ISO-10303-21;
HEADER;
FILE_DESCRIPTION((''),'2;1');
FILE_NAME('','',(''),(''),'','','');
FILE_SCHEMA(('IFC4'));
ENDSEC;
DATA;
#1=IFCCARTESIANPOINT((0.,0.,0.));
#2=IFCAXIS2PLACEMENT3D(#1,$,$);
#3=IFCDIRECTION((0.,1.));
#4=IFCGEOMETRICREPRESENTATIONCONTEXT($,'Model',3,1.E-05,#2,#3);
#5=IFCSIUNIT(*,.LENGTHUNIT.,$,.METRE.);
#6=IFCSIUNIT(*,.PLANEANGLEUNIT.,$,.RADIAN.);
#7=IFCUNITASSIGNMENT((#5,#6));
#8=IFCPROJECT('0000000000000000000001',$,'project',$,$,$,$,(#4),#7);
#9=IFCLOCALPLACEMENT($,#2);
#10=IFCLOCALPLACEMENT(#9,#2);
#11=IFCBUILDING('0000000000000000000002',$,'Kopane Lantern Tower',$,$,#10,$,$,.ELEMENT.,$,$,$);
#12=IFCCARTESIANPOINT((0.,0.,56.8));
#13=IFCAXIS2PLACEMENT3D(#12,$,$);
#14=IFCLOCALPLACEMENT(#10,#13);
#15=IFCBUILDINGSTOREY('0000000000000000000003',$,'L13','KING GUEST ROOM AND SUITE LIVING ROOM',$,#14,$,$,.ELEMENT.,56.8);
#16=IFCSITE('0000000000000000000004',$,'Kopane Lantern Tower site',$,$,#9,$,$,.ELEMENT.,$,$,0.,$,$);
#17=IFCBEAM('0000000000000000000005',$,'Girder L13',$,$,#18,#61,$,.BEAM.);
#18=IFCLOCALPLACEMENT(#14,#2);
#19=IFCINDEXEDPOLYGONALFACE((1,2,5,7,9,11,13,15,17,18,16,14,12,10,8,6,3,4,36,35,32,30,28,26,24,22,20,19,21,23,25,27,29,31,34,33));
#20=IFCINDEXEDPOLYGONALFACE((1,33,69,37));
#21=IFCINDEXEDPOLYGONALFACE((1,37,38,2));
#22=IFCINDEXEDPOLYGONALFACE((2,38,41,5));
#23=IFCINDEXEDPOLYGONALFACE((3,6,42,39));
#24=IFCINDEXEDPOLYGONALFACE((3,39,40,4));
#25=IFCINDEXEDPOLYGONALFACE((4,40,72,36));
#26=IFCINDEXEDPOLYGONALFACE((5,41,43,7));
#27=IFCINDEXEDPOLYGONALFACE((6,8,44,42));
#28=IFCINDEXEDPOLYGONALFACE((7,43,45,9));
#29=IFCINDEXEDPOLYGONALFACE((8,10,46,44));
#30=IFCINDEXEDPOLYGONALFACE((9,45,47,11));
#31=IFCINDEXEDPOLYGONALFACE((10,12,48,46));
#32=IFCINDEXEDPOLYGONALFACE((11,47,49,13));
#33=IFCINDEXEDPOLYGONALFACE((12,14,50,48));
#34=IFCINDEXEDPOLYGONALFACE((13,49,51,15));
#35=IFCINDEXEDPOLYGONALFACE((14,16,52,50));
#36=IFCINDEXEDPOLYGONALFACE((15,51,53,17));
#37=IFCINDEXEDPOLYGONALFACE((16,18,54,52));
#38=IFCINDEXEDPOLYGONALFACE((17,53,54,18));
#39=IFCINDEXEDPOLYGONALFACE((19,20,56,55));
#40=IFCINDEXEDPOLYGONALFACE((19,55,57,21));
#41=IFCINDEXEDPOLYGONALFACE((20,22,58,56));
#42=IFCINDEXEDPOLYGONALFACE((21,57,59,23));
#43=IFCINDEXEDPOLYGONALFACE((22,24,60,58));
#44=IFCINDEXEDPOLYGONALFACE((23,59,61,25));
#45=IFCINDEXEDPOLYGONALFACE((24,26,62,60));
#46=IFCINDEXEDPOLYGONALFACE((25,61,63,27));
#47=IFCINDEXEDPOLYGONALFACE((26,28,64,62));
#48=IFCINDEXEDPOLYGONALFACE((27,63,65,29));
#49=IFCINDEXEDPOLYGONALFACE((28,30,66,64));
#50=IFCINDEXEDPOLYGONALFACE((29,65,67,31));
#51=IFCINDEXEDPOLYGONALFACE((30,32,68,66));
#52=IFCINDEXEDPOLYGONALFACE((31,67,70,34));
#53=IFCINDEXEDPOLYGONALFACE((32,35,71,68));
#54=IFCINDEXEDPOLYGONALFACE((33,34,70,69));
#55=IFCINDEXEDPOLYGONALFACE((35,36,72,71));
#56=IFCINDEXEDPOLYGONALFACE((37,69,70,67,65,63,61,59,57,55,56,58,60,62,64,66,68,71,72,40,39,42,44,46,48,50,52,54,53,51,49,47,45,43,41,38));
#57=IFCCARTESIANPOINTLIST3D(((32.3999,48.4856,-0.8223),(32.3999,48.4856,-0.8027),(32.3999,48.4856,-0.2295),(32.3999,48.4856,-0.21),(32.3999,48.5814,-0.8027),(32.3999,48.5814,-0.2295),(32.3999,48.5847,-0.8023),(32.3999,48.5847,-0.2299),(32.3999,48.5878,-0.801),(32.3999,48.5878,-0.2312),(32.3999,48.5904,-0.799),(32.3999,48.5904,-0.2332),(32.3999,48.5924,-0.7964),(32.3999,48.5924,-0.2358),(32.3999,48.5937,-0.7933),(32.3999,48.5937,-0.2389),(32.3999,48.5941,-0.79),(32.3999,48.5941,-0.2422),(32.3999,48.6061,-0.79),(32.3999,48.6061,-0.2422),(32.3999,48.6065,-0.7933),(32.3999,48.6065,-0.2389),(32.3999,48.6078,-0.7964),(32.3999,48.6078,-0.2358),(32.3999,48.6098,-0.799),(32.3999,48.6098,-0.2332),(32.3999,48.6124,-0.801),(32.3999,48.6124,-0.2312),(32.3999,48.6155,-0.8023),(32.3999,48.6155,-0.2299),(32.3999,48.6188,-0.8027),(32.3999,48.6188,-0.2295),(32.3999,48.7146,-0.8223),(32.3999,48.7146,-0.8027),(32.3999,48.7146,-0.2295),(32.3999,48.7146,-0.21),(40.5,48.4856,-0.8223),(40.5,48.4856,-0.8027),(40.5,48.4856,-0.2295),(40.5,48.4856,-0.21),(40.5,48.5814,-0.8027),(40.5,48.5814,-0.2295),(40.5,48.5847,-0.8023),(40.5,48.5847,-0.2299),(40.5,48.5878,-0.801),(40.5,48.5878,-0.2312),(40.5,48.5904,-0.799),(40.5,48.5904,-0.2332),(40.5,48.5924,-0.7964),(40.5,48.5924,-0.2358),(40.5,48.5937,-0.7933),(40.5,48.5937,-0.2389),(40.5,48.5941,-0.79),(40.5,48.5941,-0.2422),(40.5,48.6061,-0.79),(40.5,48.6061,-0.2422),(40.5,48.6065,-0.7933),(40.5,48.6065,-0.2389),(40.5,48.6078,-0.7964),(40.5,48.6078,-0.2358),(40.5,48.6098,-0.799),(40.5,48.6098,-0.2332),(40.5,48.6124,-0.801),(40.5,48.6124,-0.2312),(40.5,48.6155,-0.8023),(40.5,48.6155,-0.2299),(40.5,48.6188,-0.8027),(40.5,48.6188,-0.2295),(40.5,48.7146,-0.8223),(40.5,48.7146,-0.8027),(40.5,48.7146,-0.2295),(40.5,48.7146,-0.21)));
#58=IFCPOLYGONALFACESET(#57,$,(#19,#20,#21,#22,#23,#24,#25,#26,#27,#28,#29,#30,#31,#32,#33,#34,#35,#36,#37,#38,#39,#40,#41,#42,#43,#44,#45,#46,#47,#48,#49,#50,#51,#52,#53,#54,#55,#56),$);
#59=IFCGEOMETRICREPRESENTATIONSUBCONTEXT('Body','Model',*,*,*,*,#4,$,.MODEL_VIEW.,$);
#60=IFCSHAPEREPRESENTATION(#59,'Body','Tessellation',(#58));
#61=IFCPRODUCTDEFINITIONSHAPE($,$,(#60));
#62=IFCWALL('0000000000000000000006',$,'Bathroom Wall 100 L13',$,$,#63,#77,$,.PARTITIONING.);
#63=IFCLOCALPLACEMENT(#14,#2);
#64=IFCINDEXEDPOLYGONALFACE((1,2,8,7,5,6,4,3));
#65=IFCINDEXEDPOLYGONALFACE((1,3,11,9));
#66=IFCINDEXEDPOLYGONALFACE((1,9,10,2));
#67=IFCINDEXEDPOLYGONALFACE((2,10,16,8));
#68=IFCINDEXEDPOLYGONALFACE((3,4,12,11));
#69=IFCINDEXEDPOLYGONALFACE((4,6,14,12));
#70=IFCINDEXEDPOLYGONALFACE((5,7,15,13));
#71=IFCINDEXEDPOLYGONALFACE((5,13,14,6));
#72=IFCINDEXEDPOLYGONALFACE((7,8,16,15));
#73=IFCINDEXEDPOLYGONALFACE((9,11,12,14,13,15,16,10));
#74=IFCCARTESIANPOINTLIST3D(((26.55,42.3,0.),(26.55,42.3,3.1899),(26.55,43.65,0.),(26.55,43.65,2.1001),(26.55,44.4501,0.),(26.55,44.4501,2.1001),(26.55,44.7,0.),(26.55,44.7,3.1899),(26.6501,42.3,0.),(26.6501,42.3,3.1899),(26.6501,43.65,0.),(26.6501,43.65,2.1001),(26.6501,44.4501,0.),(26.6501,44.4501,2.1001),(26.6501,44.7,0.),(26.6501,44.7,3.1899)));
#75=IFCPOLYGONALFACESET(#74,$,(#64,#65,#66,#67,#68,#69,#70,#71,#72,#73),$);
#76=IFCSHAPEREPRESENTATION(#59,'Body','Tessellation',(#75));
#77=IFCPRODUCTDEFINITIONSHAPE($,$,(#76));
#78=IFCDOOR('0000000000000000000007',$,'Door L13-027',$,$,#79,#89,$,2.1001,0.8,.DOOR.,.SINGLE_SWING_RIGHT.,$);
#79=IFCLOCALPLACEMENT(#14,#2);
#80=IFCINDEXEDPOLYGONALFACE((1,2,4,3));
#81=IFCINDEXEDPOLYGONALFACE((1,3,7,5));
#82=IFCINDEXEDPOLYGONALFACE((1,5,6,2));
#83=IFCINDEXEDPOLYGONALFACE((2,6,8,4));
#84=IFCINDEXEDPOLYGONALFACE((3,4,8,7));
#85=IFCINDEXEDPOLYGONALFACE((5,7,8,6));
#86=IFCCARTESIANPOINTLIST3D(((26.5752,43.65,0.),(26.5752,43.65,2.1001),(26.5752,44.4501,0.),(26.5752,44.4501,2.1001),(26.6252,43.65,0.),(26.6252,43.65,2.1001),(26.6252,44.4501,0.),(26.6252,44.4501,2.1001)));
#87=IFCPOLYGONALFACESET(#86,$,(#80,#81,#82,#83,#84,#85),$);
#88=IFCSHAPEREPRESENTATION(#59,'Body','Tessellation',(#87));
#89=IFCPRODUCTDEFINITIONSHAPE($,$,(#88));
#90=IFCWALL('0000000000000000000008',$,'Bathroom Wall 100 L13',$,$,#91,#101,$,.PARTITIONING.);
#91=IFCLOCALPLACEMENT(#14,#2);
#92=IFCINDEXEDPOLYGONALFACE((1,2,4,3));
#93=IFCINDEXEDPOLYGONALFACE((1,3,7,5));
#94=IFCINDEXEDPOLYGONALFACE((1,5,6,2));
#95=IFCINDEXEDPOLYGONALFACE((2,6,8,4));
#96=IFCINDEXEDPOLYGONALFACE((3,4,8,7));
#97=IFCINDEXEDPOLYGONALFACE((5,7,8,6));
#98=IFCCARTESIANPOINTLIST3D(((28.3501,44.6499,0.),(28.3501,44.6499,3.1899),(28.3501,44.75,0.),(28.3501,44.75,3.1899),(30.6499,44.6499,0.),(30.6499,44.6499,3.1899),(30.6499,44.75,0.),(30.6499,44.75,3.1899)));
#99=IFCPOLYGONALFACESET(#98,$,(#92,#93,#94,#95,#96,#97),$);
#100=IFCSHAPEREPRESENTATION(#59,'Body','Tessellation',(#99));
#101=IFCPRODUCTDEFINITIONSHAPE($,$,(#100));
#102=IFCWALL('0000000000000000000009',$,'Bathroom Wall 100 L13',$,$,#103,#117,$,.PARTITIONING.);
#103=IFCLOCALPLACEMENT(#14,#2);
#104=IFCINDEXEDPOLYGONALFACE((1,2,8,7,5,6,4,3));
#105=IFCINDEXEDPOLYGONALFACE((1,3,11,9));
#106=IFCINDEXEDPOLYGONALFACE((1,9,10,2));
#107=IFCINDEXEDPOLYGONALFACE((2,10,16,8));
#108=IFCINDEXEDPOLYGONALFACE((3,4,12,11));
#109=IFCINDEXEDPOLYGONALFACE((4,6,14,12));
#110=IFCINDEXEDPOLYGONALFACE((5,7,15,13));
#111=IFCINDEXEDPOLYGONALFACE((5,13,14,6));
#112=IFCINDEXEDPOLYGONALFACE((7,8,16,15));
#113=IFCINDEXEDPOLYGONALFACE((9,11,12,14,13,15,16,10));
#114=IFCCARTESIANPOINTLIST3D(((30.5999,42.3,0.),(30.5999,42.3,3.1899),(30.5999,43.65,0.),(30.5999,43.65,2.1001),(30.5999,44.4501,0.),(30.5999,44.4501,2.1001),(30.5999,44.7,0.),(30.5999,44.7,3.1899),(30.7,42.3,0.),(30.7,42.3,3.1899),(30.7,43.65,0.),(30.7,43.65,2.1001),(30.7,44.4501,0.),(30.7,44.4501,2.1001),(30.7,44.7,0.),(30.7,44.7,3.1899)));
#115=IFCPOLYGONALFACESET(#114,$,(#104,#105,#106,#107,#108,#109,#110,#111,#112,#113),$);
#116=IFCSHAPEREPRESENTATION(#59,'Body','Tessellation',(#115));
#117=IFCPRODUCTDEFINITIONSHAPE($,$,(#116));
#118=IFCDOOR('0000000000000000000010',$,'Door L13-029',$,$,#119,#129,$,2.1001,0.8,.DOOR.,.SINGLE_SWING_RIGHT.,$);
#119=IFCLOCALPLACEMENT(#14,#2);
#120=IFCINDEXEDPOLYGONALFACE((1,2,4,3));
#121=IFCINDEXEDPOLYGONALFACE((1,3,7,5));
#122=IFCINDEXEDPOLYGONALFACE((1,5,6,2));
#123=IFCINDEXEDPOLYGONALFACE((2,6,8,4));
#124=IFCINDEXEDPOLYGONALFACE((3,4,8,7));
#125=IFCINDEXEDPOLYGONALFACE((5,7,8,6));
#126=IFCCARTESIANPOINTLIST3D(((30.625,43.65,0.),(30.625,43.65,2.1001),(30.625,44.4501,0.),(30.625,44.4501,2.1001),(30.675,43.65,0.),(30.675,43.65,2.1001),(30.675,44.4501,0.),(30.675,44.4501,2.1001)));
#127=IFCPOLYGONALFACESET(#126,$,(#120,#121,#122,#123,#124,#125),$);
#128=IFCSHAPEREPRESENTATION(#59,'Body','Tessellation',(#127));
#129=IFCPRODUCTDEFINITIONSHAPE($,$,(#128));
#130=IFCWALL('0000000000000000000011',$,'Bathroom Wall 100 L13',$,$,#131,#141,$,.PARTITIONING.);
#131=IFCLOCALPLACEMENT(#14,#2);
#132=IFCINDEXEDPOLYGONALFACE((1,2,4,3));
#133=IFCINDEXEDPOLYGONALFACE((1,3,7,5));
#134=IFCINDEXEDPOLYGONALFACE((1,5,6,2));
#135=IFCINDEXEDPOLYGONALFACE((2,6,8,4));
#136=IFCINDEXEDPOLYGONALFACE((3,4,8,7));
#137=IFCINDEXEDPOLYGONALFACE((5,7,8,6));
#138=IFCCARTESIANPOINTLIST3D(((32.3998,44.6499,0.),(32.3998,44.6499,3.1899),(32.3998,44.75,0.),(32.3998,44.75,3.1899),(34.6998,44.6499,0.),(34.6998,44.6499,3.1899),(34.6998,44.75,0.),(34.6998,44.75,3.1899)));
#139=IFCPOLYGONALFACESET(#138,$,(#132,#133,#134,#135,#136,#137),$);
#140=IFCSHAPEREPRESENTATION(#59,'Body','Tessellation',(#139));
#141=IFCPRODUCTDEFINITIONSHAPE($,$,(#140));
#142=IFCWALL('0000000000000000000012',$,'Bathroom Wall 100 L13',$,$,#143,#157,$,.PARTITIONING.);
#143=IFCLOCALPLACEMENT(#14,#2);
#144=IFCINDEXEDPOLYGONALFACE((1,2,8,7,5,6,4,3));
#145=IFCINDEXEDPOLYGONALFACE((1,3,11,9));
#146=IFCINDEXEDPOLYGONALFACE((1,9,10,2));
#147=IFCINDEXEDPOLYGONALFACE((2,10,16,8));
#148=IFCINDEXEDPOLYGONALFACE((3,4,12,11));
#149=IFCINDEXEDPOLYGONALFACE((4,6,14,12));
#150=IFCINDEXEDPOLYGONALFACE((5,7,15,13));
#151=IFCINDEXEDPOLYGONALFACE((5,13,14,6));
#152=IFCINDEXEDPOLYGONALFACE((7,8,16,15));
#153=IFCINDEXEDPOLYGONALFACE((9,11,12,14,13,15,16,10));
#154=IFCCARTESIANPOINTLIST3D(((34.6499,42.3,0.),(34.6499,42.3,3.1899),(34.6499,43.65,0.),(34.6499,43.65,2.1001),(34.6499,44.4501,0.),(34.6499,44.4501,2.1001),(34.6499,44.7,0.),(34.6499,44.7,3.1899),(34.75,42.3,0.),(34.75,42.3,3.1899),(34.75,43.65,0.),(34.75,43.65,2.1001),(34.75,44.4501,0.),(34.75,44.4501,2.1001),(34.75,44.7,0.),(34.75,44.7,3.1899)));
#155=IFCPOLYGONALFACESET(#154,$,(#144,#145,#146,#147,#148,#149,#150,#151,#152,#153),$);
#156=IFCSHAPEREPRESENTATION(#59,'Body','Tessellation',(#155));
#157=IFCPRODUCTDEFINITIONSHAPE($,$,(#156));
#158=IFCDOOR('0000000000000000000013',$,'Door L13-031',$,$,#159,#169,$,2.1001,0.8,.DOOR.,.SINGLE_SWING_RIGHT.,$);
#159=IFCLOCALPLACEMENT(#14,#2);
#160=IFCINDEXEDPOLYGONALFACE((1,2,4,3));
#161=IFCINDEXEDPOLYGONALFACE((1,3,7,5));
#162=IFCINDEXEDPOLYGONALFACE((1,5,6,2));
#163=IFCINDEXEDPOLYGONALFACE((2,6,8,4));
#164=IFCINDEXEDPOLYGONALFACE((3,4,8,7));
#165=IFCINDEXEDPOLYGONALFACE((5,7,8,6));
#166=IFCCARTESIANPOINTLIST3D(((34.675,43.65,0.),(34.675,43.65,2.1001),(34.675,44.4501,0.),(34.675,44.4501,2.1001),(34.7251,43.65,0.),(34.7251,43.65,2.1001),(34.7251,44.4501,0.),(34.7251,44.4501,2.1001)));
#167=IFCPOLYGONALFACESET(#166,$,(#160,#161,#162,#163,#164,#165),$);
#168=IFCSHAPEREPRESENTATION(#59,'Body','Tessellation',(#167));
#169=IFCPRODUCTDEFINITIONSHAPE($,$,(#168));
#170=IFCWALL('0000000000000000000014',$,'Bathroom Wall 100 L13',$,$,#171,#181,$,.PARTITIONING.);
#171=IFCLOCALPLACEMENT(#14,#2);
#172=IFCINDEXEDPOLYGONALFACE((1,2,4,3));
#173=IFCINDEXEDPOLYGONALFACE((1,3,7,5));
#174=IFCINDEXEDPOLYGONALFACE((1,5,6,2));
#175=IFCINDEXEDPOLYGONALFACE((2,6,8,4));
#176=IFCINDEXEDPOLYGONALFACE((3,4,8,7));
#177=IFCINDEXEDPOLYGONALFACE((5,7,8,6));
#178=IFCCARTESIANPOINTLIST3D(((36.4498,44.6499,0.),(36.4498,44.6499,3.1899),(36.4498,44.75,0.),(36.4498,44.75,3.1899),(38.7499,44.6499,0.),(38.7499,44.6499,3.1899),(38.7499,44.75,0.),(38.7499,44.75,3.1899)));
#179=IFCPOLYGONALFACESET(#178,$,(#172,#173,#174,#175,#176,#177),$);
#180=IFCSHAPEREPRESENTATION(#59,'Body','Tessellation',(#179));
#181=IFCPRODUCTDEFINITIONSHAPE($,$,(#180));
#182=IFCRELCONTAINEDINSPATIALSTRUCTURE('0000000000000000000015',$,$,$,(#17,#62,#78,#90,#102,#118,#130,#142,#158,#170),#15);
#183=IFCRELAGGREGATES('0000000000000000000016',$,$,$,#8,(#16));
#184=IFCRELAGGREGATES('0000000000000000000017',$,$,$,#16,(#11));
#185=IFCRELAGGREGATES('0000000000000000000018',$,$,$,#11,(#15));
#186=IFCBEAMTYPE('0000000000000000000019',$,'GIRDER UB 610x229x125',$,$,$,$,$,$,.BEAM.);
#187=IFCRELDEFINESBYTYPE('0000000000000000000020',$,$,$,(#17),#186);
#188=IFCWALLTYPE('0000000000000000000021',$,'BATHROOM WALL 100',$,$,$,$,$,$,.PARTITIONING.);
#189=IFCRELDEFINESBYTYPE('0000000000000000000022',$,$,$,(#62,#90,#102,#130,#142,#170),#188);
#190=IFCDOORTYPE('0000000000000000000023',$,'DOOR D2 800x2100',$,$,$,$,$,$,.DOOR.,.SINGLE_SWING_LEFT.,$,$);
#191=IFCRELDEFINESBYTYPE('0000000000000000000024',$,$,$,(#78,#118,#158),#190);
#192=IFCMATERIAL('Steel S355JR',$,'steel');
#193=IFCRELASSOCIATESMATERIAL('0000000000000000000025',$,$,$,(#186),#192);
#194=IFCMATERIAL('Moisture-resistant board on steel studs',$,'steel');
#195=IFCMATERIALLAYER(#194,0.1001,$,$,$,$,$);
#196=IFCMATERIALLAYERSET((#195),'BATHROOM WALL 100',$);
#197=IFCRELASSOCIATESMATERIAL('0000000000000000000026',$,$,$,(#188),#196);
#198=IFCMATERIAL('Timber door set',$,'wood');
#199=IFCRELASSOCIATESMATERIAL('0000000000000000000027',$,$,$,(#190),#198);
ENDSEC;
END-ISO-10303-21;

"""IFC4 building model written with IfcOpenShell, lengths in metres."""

from ifc_helpers import new_model, si_unit, direction, frame, frame_2d, origin, origin_2d, place, context, subcontext, project, spatial, rectangle, i_section, extrude, material, layer, layer_set, material_profile, profile_set, type_object, element, fill, save


model = new_model("IFC4")

# Units and contexts
model_context = context("Model", 3, precision=1e-05, world=origin(), true_north=direction((0.0, 1.0)))
body_context = subcontext(model_context, "Body", "Model", "MODEL_VIEW")
ifc_project = project(units=[si_unit("LENGTHUNIT", "METRE"), si_unit("PLANEANGLEUNIT", "RADIAN")], contexts=[model_context])

# Site, building, storey
site_placement = place(None, origin())
site = spatial("IfcSite", under=ifc_project, at=site_placement, Name="Kopane Lantern Tower site", CompositionType="ELEMENT", RefElevation=0.0)
building_placement = place(site_placement, origin())
building = spatial("IfcBuilding", under=site, at=building_placement, Name="Kopane Lantern Tower", CompositionType="ELEMENT")
storey_placement = place(building_placement, frame((0.0, 0.0, 56.8)))
storey = spatial("IfcBuildingStorey", under=building, at=storey_placement, Name="L13", Description="KING GUEST ROOM AND SUITE LIVING ROOM", CompositionType="ELEMENT", Elevation=56.8)

# Beam
ifc_material_1 = material(Name="Steel S355JR", Category="steel")
ifc_material_profile_1 = material_profile(ifc_material_1, i_section(OverallWidth=0.229, OverallDepth=0.6123, WebThickness=0.012, FlangeThickness=0.0195, FilletRadius=0.0127, at=origin_2d()), Name="UB 610x229x125")
ifc_profile_set_1 = profile_set([ifc_material_profile_1], Name="Steel S355JR")
beam_type = type_object("IfcBeamType", Name="GIRDER UB 610x229x125", PredefinedType="BEAM", material=ifc_profile_set_1)
for number, where, z_axis, x_axis, name in (
    (1, (32.3999, 48.6001, -0.5161), (1.0, 0.0, 0.0), (0.0, 1.0, 0.0), "Girder L13"),
):
    element("IfcBeam", number, at=place(storey_placement, frame(where, z_axis=z_axis, x_axis=x_axis)), inside=storey, type_object=beam_type, Name=name, PredefinedType="BEAM", context=body_context, shape_type="SweptSolid", body=[
        extrude(i_section(OverallWidth=0.229, OverallDepth=0.6123, WebThickness=0.012, FlangeThickness=0.0195, FilletRadius=0.0127, at=origin_2d()), origin(), (0.0, 0.0, 1.0), 8.1001),
    ])

# Wall, opening, door
ifc_material_2 = material(Name="Moisture-resistant board on steel studs", Category="steel")
ifc_layer_1 = layer(ifc_material_2, 0.1001)
ifc_layer_set_1 = layer_set([ifc_layer_1], Name="BATHROOM WALL 100")
wall_type_1 = type_object("IfcWallType", Name="BATHROOM WALL 100", PredefinedType="PARTITIONING", material=ifc_layer_set_1)
wall_1_placement = place(storey_placement, frame((26.6001, 42.3, 0.0), z_axis=(0.0, 0.0, 1.0), x_axis=(0.0, 1.0, 0.0)))
wall_1 = element("IfcWall", 2, at=wall_1_placement, inside=storey, type_object=wall_type_1, Name="Bathroom Wall 100 L13", PredefinedType="PARTITIONING", context=body_context, shape_type="SweptSolid", body=[
    extrude(rectangle(XDim=2.3999, YDim=0.1001, at=frame_2d((1.2, 0.0))), origin(), (0.0, 0.0, 1.0), 3.1899),
])
opening_1_placement = place(wall_1_placement, frame((1.3501, 0.0, 0.0)))
opening_1 = element("IfcOpeningElement", 3, at=opening_1_placement, cuts=wall_1, PredefinedType="OPENING", context=body_context, shape_type="SweptSolid", body=[
    extrude(rectangle(XDim=0.8, YDim=2.1001, at=frame_2d((0.3999, 1.05))), frame((0.0, 0.0601, 0.0), z_axis=(0.0, -1.0, 0.0), x_axis=(1.0, 0.0, 0.0)), (0.0, 0.0, 1.0), 0.1201),
])
ifc_material_3 = material(Name="Timber door set", Category="wood")
door_type_1 = type_object("IfcDoorType", Name="DOOR D2 800x2100", OperationType="SINGLE_SWING_LEFT", PredefinedType="DOOR", material=ifc_material_3)
door_1_placement = place(opening_1_placement, origin())
door_1 = element("IfcDoor", 4, at=door_1_placement, inside=storey, type_object=door_type_1, Name="Door L13-027", OperationType="SINGLE_SWING_RIGHT", OverallHeight=2.1001, OverallWidth=0.8, PredefinedType="DOOR", context=body_context, shape_type="SweptSolid", body=[
    extrude(rectangle(XDim=0.8, YDim=2.1001, at=frame_2d((0.3999, 1.05))), frame((0.0, 0.0249, 0.0), z_axis=(0.0, -1.0, 0.0), x_axis=(1.0, 0.0, 0.0)), (0.0, 0.0, 1.0), 0.05),
])
fill(opening_1, door_1)

# Wall
wall_2_placement = place(storey_placement, frame((28.3501, 44.7, 0.0), z_axis=(0.0, 0.0, 1.0), x_axis=(1.0, 0.0, 0.0)))
element("IfcWall", 5, at=wall_2_placement, inside=storey, type_object=wall_type_1, Name="Bathroom Wall 100 L13", PredefinedType="PARTITIONING", context=body_context, shape_type="SweptSolid", body=[
    extrude(rectangle(XDim=2.2998, YDim=0.1001, at=frame_2d((1.1499, 0.0))), origin(), (0.0, 0.0, 1.0), 3.1899),
])

# Wall, opening, door
wall_3_placement = place(storey_placement, frame((30.6499, 42.3, 0.0), z_axis=(0.0, 0.0, 1.0), x_axis=(0.0, 1.0, 0.0)))
wall_3 = element("IfcWall", 6, at=wall_3_placement, inside=storey, type_object=wall_type_1, Name="Bathroom Wall 100 L13", PredefinedType="PARTITIONING", context=body_context, shape_type="SweptSolid", body=[
    extrude(rectangle(XDim=2.3999, YDim=0.1001, at=frame_2d((1.2, 0.0))), origin(), (0.0, 0.0, 1.0), 3.1899),
])
opening_2_placement = place(wall_3_placement, frame((1.3501, 0.0, 0.0)))
opening_2 = element("IfcOpeningElement", 7, at=opening_2_placement, cuts=wall_3, PredefinedType="OPENING", context=body_context, shape_type="SweptSolid", body=[
    extrude(rectangle(XDim=0.8, YDim=2.1001, at=frame_2d((0.3999, 1.05))), frame((0.0, 0.0601, 0.0), z_axis=(0.0, -1.0, 0.0), x_axis=(1.0, 0.0, 0.0)), (0.0, 0.0, 1.0), 0.1201),
])
door_2_placement = place(opening_2_placement, origin())
door_2 = element("IfcDoor", 8, at=door_2_placement, inside=storey, type_object=door_type_1, Name="Door L13-029", OperationType="SINGLE_SWING_RIGHT", OverallHeight=2.1001, OverallWidth=0.8, PredefinedType="DOOR", context=body_context, shape_type="SweptSolid", body=[
    extrude(rectangle(XDim=0.8, YDim=2.1001, at=frame_2d((0.3999, 1.05))), frame((0.0, 0.0249, 0.0), z_axis=(0.0, -1.0, 0.0), x_axis=(1.0, 0.0, 0.0)), (0.0, 0.0, 1.0), 0.05),
])
fill(opening_2, door_2)

# Wall
wall_4_placement = place(storey_placement, frame((32.3999, 44.7, 0.0), z_axis=(0.0, 0.0, 1.0), x_axis=(1.0, 0.0, 0.0)))
element("IfcWall", 9, at=wall_4_placement, inside=storey, type_object=wall_type_1, Name="Bathroom Wall 100 L13", PredefinedType="PARTITIONING", context=body_context, shape_type="SweptSolid", body=[
    extrude(rectangle(XDim=2.3, YDim=0.1001, at=frame_2d((1.1499, 0.0))), origin(), (0.0, 0.0, 1.0), 3.1899),
])

# Wall, opening, door
wall_5_placement = place(storey_placement, frame((34.7, 42.3, 0.0), z_axis=(0.0, 0.0, 1.0), x_axis=(0.0, 1.0, 0.0)))
wall_5 = element("IfcWall", 10, at=wall_5_placement, inside=storey, type_object=wall_type_1, Name="Bathroom Wall 100 L13", PredefinedType="PARTITIONING", context=body_context, shape_type="SweptSolid", body=[
    extrude(rectangle(XDim=2.3999, YDim=0.1001, at=frame_2d((1.2, 0.0))), origin(), (0.0, 0.0, 1.0), 3.1899),
])
opening_3_placement = place(wall_5_placement, frame((1.3501, 0.0, 0.0)))
opening_3 = element("IfcOpeningElement", 11, at=opening_3_placement, cuts=wall_5, PredefinedType="OPENING", context=body_context, shape_type="SweptSolid", body=[
    extrude(rectangle(XDim=0.8, YDim=2.1001, at=frame_2d((0.3999, 1.05))), frame((0.0, 0.0601, 0.0), z_axis=(0.0, -1.0, 0.0), x_axis=(1.0, 0.0, 0.0)), (0.0, 0.0, 1.0), 0.1201),
])
door_3_placement = place(opening_3_placement, origin())
door_3 = element("IfcDoor", 12, at=door_3_placement, inside=storey, type_object=door_type_1, Name="Door L13-031", OperationType="SINGLE_SWING_RIGHT", OverallHeight=2.1001, OverallWidth=0.8, PredefinedType="DOOR", context=body_context, shape_type="SweptSolid", body=[
    extrude(rectangle(XDim=0.8, YDim=2.1001, at=frame_2d((0.3999, 1.05))), frame((0.0, 0.0249, 0.0), z_axis=(0.0, -1.0, 0.0), x_axis=(1.0, 0.0, 0.0)), (0.0, 0.0, 1.0), 0.05),
])
fill(opening_3, door_3)

# Wall
wall_6_placement = place(storey_placement, frame((36.45, 44.7, 0.0), z_axis=(0.0, 0.0, 1.0), x_axis=(1.0, 0.0, 0.0)))
element("IfcWall", 13, at=wall_6_placement, inside=storey, type_object=wall_type_1, Name="Bathroom Wall 100 L13", PredefinedType="PARTITIONING", context=body_context, shape_type="SweptSolid", body=[
    extrude(rectangle(XDim=2.3, YDim=0.1001, at=frame_2d((1.1499, 0.0))), origin(), (0.0, 0.0, 1.0), 3.1899),
])

save(model, "model.ifc")
